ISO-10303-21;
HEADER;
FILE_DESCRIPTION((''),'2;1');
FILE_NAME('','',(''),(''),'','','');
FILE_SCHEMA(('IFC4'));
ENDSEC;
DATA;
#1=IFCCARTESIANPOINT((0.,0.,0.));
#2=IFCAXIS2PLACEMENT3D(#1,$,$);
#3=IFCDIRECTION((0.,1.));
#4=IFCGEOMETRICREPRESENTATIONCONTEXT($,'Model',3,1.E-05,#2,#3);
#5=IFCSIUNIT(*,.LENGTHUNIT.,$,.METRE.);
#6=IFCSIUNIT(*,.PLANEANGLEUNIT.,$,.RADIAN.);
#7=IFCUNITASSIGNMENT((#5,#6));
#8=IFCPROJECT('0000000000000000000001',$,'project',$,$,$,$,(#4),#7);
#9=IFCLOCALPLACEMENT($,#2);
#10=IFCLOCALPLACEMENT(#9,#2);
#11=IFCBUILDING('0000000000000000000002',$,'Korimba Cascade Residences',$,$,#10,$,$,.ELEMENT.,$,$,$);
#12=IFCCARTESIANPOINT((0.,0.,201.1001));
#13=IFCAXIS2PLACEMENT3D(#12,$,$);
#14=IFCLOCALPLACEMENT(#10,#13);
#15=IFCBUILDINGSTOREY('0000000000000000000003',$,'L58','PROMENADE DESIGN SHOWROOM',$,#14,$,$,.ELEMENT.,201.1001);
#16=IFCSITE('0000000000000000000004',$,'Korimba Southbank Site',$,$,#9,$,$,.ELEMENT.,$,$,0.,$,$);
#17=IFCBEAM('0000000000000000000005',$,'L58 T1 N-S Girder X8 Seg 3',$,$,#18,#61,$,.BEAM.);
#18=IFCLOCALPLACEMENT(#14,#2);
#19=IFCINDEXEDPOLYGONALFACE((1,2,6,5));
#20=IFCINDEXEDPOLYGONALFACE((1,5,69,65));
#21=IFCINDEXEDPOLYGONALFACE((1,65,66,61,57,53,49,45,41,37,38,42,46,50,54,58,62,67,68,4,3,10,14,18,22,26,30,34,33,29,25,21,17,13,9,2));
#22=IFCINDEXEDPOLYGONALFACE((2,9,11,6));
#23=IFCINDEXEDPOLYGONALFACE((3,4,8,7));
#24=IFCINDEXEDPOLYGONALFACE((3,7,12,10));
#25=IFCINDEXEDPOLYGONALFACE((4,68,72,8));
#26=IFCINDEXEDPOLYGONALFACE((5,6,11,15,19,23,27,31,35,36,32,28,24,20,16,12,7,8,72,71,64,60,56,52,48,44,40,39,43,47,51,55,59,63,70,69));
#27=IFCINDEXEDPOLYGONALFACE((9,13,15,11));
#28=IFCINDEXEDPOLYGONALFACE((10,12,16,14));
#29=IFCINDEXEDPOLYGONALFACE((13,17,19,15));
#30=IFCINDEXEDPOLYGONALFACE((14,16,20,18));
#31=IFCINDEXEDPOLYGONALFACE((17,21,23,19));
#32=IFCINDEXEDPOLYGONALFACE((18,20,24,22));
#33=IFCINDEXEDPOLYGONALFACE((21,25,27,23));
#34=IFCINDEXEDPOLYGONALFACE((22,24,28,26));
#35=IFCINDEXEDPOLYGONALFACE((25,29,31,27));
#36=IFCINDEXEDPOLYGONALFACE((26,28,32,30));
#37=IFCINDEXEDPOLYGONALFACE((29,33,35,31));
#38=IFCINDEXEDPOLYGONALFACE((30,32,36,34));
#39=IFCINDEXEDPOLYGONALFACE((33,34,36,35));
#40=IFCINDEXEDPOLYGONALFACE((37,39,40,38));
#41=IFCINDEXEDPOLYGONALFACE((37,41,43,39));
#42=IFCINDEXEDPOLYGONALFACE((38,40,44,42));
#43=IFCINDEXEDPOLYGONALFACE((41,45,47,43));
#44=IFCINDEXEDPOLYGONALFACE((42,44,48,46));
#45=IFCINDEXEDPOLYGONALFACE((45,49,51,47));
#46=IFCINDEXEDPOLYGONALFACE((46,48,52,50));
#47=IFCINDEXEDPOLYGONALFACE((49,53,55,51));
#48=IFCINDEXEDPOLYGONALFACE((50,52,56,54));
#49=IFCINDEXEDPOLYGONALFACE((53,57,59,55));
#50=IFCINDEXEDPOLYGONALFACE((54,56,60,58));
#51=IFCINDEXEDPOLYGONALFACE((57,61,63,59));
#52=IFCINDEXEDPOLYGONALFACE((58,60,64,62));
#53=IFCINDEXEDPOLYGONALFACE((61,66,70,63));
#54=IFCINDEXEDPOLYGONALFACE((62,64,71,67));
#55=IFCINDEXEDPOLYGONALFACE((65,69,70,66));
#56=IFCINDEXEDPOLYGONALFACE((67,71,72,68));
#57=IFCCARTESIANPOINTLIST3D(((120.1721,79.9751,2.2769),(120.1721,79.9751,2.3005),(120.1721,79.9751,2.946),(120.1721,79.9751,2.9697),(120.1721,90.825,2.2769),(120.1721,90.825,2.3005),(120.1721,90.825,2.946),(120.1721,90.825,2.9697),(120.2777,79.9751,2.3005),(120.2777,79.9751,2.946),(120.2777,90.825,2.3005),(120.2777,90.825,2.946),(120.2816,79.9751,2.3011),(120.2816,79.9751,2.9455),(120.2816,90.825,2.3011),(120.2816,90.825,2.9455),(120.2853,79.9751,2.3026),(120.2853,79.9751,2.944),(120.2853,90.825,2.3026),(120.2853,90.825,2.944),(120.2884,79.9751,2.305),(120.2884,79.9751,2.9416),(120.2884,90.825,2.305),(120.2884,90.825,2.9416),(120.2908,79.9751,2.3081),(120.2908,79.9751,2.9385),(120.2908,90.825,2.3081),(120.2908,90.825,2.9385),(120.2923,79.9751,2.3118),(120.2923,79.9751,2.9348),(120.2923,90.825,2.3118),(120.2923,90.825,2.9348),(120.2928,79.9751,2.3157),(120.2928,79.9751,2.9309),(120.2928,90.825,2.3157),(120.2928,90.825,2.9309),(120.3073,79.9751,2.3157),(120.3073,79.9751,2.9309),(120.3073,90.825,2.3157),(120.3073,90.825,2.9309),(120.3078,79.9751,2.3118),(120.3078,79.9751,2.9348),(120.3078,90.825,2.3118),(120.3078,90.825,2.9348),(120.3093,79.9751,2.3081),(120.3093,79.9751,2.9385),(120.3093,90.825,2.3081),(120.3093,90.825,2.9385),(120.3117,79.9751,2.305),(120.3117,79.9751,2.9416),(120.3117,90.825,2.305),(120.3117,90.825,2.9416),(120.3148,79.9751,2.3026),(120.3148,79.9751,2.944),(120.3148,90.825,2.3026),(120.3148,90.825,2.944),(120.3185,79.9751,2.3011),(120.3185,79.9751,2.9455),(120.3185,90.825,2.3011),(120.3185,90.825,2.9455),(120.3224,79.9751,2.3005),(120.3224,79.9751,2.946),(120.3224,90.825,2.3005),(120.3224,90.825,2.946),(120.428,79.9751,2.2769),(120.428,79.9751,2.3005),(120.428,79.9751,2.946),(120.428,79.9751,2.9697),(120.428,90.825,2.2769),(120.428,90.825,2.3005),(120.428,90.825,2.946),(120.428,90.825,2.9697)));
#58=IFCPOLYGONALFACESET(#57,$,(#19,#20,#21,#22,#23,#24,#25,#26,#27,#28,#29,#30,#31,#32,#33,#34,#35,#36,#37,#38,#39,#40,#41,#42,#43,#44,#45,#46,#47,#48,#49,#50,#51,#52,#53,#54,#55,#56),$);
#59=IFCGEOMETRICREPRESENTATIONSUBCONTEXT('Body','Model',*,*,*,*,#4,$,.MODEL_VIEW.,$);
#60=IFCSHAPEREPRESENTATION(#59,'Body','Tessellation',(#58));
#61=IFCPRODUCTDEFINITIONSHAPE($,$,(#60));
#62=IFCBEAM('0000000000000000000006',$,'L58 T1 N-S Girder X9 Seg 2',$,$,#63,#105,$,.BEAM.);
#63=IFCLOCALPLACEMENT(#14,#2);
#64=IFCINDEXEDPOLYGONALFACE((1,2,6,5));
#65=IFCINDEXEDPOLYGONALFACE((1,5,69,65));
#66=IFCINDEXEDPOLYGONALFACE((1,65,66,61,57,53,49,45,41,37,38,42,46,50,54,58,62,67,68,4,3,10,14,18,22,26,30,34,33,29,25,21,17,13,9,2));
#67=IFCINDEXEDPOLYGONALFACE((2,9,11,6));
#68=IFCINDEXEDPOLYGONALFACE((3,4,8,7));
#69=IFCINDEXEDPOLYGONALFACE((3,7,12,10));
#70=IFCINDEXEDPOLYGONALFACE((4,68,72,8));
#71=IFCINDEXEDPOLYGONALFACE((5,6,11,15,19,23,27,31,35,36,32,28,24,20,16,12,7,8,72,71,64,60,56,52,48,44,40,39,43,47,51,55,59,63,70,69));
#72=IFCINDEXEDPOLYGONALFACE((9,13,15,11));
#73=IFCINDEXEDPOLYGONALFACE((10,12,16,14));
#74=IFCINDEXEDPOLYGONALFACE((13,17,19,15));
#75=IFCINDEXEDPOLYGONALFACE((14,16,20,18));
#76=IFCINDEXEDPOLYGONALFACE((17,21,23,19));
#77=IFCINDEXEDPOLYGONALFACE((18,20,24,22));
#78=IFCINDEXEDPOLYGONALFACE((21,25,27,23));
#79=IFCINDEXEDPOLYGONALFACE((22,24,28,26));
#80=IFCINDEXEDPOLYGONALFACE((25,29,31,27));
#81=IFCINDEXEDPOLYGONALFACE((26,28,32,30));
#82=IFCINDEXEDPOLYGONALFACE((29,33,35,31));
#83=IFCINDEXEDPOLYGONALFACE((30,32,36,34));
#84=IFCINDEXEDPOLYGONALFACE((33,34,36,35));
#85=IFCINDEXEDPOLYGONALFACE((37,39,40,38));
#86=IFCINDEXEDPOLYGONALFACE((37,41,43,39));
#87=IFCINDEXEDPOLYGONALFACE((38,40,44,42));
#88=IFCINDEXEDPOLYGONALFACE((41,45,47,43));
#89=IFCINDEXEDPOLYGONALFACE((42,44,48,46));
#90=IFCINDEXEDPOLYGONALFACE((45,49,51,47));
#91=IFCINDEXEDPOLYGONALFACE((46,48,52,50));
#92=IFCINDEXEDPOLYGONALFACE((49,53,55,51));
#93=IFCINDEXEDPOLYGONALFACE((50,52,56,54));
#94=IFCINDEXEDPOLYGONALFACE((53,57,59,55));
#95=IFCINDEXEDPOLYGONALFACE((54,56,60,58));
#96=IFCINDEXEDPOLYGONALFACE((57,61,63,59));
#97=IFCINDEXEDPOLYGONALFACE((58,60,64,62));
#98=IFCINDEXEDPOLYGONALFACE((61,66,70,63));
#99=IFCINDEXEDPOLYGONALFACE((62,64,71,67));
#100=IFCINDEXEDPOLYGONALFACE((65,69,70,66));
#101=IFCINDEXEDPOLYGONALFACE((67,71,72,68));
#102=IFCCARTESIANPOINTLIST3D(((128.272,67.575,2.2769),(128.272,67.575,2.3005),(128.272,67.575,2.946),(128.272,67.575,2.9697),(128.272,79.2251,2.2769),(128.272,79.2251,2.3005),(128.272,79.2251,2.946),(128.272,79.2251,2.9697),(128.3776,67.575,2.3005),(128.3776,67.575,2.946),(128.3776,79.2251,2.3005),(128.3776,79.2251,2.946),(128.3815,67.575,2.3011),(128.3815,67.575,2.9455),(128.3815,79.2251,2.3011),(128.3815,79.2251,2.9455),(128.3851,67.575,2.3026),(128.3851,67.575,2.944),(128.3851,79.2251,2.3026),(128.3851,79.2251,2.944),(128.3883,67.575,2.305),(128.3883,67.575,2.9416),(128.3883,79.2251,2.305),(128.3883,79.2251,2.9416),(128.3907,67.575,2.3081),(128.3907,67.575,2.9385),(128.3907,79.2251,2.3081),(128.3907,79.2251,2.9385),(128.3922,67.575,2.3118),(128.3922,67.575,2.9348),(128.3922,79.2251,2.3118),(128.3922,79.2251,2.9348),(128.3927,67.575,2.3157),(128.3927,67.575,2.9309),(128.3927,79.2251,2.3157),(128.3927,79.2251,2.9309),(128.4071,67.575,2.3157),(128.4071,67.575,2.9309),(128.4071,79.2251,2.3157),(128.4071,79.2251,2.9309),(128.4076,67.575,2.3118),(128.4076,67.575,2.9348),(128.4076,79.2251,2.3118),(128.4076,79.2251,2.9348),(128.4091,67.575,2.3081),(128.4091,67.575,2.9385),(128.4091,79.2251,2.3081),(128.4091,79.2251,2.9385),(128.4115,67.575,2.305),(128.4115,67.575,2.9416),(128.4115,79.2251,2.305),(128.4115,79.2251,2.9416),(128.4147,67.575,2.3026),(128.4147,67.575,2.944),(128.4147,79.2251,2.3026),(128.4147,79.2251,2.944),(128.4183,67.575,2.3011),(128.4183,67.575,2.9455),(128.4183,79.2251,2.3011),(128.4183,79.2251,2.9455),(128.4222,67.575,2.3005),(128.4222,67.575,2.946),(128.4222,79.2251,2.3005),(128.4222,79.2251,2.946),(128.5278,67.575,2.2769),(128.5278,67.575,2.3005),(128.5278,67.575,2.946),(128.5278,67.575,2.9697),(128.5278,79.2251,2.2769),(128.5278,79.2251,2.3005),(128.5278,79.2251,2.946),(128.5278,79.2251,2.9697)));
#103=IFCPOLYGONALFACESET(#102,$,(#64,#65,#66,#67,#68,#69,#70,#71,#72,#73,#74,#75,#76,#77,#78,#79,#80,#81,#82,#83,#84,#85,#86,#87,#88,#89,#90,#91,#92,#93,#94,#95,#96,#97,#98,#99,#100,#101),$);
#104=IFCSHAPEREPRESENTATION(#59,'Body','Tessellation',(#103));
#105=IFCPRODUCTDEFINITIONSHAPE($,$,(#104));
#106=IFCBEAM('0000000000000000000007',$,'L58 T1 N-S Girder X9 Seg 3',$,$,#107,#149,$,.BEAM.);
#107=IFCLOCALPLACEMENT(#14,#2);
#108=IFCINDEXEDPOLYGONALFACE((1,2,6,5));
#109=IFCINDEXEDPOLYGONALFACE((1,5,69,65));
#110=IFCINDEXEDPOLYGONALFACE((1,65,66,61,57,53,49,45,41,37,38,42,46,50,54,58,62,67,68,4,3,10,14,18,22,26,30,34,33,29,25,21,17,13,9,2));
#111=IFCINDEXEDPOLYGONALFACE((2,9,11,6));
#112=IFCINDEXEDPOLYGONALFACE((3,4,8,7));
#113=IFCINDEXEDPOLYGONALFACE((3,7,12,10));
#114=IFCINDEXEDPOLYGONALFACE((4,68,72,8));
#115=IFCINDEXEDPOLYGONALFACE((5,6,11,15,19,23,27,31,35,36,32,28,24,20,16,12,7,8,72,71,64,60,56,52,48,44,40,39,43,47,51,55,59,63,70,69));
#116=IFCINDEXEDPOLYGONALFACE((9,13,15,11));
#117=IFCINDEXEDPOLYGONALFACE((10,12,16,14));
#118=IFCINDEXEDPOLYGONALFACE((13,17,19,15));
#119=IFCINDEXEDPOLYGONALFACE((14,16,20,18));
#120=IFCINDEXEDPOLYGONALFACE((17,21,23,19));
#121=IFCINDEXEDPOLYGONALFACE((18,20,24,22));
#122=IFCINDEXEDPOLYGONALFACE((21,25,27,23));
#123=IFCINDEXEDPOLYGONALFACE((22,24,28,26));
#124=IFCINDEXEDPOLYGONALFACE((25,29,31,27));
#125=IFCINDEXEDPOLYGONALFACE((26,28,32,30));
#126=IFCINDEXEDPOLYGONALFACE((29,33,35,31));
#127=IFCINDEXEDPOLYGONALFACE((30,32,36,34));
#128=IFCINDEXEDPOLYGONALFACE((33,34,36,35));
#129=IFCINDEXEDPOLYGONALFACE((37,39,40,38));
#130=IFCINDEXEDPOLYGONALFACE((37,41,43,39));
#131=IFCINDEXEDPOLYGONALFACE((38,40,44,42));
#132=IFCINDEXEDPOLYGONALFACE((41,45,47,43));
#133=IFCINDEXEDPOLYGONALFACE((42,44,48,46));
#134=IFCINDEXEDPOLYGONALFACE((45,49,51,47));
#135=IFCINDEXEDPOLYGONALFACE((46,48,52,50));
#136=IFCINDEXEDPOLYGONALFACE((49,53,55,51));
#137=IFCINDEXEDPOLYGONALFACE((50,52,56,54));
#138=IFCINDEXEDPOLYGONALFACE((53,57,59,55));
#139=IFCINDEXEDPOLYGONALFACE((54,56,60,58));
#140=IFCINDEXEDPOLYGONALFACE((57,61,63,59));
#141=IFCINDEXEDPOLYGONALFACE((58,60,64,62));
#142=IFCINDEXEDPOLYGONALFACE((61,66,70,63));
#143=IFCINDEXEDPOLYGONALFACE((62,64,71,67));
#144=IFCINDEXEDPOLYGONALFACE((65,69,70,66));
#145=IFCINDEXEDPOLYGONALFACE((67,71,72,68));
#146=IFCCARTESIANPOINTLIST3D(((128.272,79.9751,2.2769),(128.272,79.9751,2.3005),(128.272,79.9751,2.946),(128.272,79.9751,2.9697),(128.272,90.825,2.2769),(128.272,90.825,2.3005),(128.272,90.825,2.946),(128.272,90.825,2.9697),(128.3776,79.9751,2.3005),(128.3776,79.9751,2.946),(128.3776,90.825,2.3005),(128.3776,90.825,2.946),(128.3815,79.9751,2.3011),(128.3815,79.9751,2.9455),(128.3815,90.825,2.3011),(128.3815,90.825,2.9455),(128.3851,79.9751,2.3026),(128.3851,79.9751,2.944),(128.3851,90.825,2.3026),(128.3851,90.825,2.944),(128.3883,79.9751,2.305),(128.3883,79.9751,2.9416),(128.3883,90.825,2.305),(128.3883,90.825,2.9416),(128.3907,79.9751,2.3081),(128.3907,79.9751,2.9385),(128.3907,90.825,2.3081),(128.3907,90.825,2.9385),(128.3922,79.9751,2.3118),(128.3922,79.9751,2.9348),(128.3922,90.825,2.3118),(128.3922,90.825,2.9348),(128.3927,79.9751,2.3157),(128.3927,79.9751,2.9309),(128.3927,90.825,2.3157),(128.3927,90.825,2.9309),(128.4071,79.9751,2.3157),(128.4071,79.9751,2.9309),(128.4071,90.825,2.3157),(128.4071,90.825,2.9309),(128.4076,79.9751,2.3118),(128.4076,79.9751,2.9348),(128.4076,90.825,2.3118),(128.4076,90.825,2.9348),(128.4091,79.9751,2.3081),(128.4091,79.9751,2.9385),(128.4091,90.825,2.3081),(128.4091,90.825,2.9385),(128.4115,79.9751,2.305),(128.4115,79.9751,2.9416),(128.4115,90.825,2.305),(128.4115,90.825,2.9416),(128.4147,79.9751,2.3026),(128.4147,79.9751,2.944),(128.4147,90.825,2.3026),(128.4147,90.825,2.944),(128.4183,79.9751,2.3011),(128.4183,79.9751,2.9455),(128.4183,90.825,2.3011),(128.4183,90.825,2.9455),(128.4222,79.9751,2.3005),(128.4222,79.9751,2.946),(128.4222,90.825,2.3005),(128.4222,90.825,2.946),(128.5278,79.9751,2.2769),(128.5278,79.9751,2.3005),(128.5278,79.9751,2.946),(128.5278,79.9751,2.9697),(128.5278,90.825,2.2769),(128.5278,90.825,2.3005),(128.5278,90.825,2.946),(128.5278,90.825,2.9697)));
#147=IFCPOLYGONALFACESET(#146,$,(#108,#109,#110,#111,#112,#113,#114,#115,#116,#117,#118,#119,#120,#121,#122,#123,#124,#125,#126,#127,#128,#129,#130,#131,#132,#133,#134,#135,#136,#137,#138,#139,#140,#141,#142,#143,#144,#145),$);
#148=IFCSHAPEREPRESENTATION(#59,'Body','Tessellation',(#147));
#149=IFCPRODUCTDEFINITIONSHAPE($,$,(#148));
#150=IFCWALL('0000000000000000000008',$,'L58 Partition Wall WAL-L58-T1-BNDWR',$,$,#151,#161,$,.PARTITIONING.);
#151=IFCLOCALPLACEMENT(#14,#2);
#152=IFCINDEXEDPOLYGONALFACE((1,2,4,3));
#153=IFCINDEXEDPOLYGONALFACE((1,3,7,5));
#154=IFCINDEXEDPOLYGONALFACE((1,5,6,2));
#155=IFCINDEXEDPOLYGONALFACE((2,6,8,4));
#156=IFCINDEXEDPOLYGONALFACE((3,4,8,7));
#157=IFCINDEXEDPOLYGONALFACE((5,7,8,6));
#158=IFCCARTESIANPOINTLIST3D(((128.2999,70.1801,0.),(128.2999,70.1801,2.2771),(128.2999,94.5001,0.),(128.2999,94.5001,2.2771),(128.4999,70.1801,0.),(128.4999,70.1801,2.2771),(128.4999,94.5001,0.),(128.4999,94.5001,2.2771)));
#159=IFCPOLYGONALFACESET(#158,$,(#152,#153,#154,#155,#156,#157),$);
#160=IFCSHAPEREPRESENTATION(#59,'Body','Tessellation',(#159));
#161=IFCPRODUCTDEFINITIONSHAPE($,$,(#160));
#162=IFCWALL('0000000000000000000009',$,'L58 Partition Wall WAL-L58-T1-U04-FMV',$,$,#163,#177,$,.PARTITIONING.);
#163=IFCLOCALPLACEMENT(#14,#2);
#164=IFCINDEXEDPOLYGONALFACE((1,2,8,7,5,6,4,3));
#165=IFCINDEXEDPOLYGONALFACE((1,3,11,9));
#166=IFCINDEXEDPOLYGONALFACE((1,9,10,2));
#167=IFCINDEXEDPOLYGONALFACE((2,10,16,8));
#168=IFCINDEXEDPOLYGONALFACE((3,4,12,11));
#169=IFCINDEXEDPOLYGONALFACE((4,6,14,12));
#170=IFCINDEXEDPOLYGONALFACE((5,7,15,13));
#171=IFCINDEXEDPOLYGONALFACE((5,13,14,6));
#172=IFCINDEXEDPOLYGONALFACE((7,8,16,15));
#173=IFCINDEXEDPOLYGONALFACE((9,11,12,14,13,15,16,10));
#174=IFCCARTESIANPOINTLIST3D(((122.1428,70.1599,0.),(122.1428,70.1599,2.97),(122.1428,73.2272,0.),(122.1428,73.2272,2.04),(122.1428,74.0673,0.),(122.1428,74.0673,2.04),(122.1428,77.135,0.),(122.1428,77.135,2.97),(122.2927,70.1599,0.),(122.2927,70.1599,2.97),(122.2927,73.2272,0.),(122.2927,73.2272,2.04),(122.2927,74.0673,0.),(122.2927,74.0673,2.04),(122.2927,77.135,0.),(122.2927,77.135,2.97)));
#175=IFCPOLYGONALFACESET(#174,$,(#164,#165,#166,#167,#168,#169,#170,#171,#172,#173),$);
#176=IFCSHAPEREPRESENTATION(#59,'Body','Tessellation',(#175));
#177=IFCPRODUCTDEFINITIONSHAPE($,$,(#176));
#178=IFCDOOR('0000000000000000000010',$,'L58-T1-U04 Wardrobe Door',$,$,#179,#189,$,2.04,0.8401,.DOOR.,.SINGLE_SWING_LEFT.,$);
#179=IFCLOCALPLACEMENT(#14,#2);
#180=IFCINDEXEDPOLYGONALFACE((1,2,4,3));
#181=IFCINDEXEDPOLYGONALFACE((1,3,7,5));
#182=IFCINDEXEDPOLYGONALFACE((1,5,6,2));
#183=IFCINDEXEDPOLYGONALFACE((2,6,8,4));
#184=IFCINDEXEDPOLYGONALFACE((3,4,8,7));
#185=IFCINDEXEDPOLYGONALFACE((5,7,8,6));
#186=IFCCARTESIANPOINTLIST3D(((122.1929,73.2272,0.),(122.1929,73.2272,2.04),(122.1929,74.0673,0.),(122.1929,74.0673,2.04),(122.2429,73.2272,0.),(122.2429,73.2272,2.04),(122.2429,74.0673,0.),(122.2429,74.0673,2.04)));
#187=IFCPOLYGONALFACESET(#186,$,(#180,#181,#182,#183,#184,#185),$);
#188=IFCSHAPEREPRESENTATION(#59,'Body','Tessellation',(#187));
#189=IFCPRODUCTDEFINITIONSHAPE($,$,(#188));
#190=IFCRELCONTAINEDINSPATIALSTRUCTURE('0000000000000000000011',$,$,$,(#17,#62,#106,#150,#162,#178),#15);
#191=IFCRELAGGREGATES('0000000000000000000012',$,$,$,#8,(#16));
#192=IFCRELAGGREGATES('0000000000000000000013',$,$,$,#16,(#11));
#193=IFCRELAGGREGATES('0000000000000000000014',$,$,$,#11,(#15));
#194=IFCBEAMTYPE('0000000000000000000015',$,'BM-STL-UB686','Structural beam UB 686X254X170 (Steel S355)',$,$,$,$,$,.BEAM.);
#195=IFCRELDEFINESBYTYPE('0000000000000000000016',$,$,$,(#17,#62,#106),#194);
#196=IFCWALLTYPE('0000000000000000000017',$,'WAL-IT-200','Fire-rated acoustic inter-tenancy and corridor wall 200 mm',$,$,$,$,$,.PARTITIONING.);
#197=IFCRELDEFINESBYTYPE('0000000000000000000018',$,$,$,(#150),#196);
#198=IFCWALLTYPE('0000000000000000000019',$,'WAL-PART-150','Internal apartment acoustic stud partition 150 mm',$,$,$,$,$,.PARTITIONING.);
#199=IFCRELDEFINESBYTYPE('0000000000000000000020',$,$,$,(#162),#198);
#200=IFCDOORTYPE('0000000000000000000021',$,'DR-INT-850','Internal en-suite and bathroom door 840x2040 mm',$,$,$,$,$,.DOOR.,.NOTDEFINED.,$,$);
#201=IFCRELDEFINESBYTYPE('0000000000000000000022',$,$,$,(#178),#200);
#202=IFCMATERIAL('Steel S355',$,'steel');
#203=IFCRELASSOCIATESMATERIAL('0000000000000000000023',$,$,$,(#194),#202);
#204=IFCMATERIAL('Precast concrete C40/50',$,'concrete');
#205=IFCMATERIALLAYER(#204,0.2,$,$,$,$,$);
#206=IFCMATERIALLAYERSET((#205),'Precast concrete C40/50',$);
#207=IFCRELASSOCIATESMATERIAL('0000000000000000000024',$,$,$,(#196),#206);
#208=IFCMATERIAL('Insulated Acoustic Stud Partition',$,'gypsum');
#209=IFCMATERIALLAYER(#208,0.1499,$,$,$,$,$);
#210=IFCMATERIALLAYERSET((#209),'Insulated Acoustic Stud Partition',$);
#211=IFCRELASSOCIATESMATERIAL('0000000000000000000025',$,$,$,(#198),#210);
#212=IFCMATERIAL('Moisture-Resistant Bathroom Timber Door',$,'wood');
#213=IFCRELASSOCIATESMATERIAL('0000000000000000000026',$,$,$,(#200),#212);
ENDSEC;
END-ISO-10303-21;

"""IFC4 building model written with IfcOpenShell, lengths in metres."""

from ifc_helpers import new_model, si_unit, direction, frame, frame_2d, origin, origin_2d, place, context, subcontext, project, spatial, rectangle, i_section, extrude, material, layer, layer_set, material_profile, profile_set, type_object, element, fill, save


model = new_model("IFC4")

# Units and contexts
model_context = context("Model", 3, precision=1e-05, world=origin(), true_north=direction((0.0, 1.0)))
body_context = subcontext(model_context, "Body", "Model", "MODEL_VIEW")
ifc_project = project(units=[si_unit("LENGTHUNIT", "METRE"), si_unit("PLANEANGLEUNIT", "RADIAN")], contexts=[model_context])

# Site, building, storey
site_placement = place(None, origin())
site = spatial("IfcSite", under=ifc_project, at=site_placement, Name="Korimba Southbank Site", CompositionType="ELEMENT", RefElevation=0.0)
building_placement = place(site_placement, origin())
building = spatial("IfcBuilding", under=site, at=building_placement, Name="Korimba Cascade Residences", CompositionType="ELEMENT")
storey_placement = place(building_placement, frame((0.0, 0.0, 201.1001)))
storey = spatial("IfcBuildingStorey", under=building, at=storey_placement, Name="L58", Description="PROMENADE DESIGN SHOWROOM", CompositionType="ELEMENT", Elevation=201.1001)

# Beams
ifc_material_1 = material(Name="Steel S355", Category="steel")
ifc_material_profile_1 = material_profile(ifc_material_1, i_section(OverallWidth=0.2559, OverallDepth=0.6929, WebThickness=0.0144, FlangeThickness=0.0237, FilletRadius=0.0151, at=origin_2d()), Name="Steel S355")
ifc_profile_set_1 = profile_set([ifc_material_profile_1], Name="Steel S355")
beam_type_1 = type_object("IfcBeamType", Name="BM-STL-UB686", Description="Structural beam UB 686X254X170 (Steel S355)", PredefinedType="BEAM", material=ifc_profile_set_1)
beam_1_placement = place(storey_placement, frame((120.3, 79.9751, 2.6233), z_axis=(0.0, 1.0, 0.0), x_axis=(-1.0, 0.0, 0.0)))
element("IfcBeam", 1, at=beam_1_placement, inside=storey, type_object=beam_type_1, Name="L58 T1 N-S Girder X8 Seg 3", PredefinedType="BEAM", context=body_context, shape_type="SweptSolid", body=[
    extrude(i_section(OverallWidth=0.2559, OverallDepth=0.6929, WebThickness=0.0144, FlangeThickness=0.0237, FilletRadius=0.0151, at=origin_2d()), origin(), (0.0, 0.0, 1.0), 10.8499),
])
beam_2_placement = place(storey_placement, frame((128.3999, 67.575, 2.6233), z_axis=(0.0, 1.0, 0.0), x_axis=(-1.0, 0.0, 0.0)))
element("IfcBeam", 2, at=beam_2_placement, inside=storey, type_object=beam_type_1, Name="L58 T1 N-S Girder X9 Seg 2", PredefinedType="BEAM", context=body_context, shape_type="SweptSolid", body=[
    extrude(i_section(OverallWidth=0.2559, OverallDepth=0.6929, WebThickness=0.0144, FlangeThickness=0.0237, FilletRadius=0.0151, at=origin_2d()), origin(), (0.0, 0.0, 1.0), 11.6501),
])
beam_3_placement = place(storey_placement, frame((128.3999, 79.9751, 2.6233), z_axis=(0.0, 1.0, 0.0), x_axis=(-1.0, 0.0, 0.0)))
element("IfcBeam", 3, at=beam_3_placement, inside=storey, type_object=beam_type_1, Name="L58 T1 N-S Girder X9 Seg 3", PredefinedType="BEAM", context=body_context, shape_type="SweptSolid", body=[
    extrude(i_section(OverallWidth=0.2559, OverallDepth=0.6929, WebThickness=0.0144, FlangeThickness=0.0237, FilletRadius=0.0151, at=origin_2d()), origin(), (0.0, 0.0, 1.0), 10.8499),
])

# Wall
ifc_material_2 = material(Name="Precast concrete C40/50", Category="concrete")
ifc_layer_1 = layer(ifc_material_2, 0.2)
ifc_layer_set_1 = layer_set([ifc_layer_1], Name="Precast concrete C40/50")
wall_type_1 = type_object("IfcWallType", Name="WAL-IT-200", Description="Fire-rated acoustic inter-tenancy and corridor wall 200 mm", PredefinedType="PARTITIONING", material=ifc_layer_set_1)
wall_1_placement = place(storey_placement, frame((128.3999, 70.1799, 0.0), z_axis=(0.0, 0.0, 1.0), x_axis=(0.0, 1.0, 0.0)))
element("IfcWall", 4, at=wall_1_placement, inside=storey, type_object=wall_type_1, Name="L58 Partition Wall WAL-L58-T1-BNDWR", PredefinedType="PARTITIONING", context=body_context, shape_type="SweptSolid", body=[
    extrude(rectangle(XDim=24.3201, YDim=0.2, at=frame_2d((12.1602, 0.0))), origin(), (0.0, 0.0, 1.0), 2.2771),
])

# Wall, opening, door
ifc_material_3 = material(Name="Insulated Acoustic Stud Partition", Category="gypsum")
ifc_layer_2 = layer(ifc_material_3, 0.1499)
ifc_layer_set_2 = layer_set([ifc_layer_2], Name="Insulated Acoustic Stud Partition")
wall_type_2 = type_object("IfcWallType", Name="WAL-PART-150", Description="Internal apartment acoustic stud partition 150 mm", PredefinedType="PARTITIONING", material=ifc_layer_set_2)
wall_2_placement = place(storey_placement, frame((122.2178, 70.1599, 0.0), z_axis=(0.0, 0.0, 1.0), x_axis=(0.0, 1.0, 0.0)))
wall_2 = element("IfcWall", 5, at=wall_2_placement, inside=storey, type_object=wall_type_2, Name="L58 Partition Wall WAL-L58-T1-U04-FMV", PredefinedType="PARTITIONING", context=body_context, shape_type="SweptSolid", body=[
    extrude(rectangle(XDim=6.9751, YDim=0.1499, at=frame_2d((3.4875, 0.0))), origin(), (0.0, 0.0, 1.0), 2.97),
])
opening_1_placement = place(wall_2_placement, frame((3.0674, 0.0, 0.0)))
opening_1 = element("IfcOpeningElement", 6, at=opening_1_placement, cuts=wall_2, PredefinedType="OPENING", context=body_context, shape_type="SweptSolid", body=[
    extrude(rectangle(XDim=0.8401, YDim=2.04, at=frame_2d((0.4199, 1.02))), frame((0.0, 0.085, 0.0), z_axis=(0.0, -1.0, 0.0), x_axis=(1.0, 0.0, 0.0)), (0.0, 0.0, 1.0), 0.1699),
])
ifc_material_4 = material(Name="Moisture-Resistant Bathroom Timber Door", Category="wood")
door_type_1 = type_object("IfcDoorType", Name="DR-INT-850", Description="Internal en-suite and bathroom door 840x2040 mm", OperationType="NOTDEFINED", PredefinedType="DOOR", material=ifc_material_4)
door_1_placement = place(opening_1_placement, origin())
door_1 = element("IfcDoor", 7, at=door_1_placement, inside=storey, type_object=door_type_1, Name="L58-T1-U04 Wardrobe Door", OperationType="SINGLE_SWING_LEFT", OverallHeight=2.04, OverallWidth=0.8401, PredefinedType="DOOR", context=body_context, shape_type="SweptSolid", body=[
    extrude(rectangle(XDim=0.8401, YDim=2.04, at=frame_2d((0.4199, 1.02))), frame((0.0, 0.0249, 0.0), z_axis=(0.0, -1.0, 0.0), x_axis=(1.0, 0.0, 0.0)), (0.0, 0.0, 1.0), 0.05),
])
fill(opening_1, door_1)

save(model, "model.ifc")
